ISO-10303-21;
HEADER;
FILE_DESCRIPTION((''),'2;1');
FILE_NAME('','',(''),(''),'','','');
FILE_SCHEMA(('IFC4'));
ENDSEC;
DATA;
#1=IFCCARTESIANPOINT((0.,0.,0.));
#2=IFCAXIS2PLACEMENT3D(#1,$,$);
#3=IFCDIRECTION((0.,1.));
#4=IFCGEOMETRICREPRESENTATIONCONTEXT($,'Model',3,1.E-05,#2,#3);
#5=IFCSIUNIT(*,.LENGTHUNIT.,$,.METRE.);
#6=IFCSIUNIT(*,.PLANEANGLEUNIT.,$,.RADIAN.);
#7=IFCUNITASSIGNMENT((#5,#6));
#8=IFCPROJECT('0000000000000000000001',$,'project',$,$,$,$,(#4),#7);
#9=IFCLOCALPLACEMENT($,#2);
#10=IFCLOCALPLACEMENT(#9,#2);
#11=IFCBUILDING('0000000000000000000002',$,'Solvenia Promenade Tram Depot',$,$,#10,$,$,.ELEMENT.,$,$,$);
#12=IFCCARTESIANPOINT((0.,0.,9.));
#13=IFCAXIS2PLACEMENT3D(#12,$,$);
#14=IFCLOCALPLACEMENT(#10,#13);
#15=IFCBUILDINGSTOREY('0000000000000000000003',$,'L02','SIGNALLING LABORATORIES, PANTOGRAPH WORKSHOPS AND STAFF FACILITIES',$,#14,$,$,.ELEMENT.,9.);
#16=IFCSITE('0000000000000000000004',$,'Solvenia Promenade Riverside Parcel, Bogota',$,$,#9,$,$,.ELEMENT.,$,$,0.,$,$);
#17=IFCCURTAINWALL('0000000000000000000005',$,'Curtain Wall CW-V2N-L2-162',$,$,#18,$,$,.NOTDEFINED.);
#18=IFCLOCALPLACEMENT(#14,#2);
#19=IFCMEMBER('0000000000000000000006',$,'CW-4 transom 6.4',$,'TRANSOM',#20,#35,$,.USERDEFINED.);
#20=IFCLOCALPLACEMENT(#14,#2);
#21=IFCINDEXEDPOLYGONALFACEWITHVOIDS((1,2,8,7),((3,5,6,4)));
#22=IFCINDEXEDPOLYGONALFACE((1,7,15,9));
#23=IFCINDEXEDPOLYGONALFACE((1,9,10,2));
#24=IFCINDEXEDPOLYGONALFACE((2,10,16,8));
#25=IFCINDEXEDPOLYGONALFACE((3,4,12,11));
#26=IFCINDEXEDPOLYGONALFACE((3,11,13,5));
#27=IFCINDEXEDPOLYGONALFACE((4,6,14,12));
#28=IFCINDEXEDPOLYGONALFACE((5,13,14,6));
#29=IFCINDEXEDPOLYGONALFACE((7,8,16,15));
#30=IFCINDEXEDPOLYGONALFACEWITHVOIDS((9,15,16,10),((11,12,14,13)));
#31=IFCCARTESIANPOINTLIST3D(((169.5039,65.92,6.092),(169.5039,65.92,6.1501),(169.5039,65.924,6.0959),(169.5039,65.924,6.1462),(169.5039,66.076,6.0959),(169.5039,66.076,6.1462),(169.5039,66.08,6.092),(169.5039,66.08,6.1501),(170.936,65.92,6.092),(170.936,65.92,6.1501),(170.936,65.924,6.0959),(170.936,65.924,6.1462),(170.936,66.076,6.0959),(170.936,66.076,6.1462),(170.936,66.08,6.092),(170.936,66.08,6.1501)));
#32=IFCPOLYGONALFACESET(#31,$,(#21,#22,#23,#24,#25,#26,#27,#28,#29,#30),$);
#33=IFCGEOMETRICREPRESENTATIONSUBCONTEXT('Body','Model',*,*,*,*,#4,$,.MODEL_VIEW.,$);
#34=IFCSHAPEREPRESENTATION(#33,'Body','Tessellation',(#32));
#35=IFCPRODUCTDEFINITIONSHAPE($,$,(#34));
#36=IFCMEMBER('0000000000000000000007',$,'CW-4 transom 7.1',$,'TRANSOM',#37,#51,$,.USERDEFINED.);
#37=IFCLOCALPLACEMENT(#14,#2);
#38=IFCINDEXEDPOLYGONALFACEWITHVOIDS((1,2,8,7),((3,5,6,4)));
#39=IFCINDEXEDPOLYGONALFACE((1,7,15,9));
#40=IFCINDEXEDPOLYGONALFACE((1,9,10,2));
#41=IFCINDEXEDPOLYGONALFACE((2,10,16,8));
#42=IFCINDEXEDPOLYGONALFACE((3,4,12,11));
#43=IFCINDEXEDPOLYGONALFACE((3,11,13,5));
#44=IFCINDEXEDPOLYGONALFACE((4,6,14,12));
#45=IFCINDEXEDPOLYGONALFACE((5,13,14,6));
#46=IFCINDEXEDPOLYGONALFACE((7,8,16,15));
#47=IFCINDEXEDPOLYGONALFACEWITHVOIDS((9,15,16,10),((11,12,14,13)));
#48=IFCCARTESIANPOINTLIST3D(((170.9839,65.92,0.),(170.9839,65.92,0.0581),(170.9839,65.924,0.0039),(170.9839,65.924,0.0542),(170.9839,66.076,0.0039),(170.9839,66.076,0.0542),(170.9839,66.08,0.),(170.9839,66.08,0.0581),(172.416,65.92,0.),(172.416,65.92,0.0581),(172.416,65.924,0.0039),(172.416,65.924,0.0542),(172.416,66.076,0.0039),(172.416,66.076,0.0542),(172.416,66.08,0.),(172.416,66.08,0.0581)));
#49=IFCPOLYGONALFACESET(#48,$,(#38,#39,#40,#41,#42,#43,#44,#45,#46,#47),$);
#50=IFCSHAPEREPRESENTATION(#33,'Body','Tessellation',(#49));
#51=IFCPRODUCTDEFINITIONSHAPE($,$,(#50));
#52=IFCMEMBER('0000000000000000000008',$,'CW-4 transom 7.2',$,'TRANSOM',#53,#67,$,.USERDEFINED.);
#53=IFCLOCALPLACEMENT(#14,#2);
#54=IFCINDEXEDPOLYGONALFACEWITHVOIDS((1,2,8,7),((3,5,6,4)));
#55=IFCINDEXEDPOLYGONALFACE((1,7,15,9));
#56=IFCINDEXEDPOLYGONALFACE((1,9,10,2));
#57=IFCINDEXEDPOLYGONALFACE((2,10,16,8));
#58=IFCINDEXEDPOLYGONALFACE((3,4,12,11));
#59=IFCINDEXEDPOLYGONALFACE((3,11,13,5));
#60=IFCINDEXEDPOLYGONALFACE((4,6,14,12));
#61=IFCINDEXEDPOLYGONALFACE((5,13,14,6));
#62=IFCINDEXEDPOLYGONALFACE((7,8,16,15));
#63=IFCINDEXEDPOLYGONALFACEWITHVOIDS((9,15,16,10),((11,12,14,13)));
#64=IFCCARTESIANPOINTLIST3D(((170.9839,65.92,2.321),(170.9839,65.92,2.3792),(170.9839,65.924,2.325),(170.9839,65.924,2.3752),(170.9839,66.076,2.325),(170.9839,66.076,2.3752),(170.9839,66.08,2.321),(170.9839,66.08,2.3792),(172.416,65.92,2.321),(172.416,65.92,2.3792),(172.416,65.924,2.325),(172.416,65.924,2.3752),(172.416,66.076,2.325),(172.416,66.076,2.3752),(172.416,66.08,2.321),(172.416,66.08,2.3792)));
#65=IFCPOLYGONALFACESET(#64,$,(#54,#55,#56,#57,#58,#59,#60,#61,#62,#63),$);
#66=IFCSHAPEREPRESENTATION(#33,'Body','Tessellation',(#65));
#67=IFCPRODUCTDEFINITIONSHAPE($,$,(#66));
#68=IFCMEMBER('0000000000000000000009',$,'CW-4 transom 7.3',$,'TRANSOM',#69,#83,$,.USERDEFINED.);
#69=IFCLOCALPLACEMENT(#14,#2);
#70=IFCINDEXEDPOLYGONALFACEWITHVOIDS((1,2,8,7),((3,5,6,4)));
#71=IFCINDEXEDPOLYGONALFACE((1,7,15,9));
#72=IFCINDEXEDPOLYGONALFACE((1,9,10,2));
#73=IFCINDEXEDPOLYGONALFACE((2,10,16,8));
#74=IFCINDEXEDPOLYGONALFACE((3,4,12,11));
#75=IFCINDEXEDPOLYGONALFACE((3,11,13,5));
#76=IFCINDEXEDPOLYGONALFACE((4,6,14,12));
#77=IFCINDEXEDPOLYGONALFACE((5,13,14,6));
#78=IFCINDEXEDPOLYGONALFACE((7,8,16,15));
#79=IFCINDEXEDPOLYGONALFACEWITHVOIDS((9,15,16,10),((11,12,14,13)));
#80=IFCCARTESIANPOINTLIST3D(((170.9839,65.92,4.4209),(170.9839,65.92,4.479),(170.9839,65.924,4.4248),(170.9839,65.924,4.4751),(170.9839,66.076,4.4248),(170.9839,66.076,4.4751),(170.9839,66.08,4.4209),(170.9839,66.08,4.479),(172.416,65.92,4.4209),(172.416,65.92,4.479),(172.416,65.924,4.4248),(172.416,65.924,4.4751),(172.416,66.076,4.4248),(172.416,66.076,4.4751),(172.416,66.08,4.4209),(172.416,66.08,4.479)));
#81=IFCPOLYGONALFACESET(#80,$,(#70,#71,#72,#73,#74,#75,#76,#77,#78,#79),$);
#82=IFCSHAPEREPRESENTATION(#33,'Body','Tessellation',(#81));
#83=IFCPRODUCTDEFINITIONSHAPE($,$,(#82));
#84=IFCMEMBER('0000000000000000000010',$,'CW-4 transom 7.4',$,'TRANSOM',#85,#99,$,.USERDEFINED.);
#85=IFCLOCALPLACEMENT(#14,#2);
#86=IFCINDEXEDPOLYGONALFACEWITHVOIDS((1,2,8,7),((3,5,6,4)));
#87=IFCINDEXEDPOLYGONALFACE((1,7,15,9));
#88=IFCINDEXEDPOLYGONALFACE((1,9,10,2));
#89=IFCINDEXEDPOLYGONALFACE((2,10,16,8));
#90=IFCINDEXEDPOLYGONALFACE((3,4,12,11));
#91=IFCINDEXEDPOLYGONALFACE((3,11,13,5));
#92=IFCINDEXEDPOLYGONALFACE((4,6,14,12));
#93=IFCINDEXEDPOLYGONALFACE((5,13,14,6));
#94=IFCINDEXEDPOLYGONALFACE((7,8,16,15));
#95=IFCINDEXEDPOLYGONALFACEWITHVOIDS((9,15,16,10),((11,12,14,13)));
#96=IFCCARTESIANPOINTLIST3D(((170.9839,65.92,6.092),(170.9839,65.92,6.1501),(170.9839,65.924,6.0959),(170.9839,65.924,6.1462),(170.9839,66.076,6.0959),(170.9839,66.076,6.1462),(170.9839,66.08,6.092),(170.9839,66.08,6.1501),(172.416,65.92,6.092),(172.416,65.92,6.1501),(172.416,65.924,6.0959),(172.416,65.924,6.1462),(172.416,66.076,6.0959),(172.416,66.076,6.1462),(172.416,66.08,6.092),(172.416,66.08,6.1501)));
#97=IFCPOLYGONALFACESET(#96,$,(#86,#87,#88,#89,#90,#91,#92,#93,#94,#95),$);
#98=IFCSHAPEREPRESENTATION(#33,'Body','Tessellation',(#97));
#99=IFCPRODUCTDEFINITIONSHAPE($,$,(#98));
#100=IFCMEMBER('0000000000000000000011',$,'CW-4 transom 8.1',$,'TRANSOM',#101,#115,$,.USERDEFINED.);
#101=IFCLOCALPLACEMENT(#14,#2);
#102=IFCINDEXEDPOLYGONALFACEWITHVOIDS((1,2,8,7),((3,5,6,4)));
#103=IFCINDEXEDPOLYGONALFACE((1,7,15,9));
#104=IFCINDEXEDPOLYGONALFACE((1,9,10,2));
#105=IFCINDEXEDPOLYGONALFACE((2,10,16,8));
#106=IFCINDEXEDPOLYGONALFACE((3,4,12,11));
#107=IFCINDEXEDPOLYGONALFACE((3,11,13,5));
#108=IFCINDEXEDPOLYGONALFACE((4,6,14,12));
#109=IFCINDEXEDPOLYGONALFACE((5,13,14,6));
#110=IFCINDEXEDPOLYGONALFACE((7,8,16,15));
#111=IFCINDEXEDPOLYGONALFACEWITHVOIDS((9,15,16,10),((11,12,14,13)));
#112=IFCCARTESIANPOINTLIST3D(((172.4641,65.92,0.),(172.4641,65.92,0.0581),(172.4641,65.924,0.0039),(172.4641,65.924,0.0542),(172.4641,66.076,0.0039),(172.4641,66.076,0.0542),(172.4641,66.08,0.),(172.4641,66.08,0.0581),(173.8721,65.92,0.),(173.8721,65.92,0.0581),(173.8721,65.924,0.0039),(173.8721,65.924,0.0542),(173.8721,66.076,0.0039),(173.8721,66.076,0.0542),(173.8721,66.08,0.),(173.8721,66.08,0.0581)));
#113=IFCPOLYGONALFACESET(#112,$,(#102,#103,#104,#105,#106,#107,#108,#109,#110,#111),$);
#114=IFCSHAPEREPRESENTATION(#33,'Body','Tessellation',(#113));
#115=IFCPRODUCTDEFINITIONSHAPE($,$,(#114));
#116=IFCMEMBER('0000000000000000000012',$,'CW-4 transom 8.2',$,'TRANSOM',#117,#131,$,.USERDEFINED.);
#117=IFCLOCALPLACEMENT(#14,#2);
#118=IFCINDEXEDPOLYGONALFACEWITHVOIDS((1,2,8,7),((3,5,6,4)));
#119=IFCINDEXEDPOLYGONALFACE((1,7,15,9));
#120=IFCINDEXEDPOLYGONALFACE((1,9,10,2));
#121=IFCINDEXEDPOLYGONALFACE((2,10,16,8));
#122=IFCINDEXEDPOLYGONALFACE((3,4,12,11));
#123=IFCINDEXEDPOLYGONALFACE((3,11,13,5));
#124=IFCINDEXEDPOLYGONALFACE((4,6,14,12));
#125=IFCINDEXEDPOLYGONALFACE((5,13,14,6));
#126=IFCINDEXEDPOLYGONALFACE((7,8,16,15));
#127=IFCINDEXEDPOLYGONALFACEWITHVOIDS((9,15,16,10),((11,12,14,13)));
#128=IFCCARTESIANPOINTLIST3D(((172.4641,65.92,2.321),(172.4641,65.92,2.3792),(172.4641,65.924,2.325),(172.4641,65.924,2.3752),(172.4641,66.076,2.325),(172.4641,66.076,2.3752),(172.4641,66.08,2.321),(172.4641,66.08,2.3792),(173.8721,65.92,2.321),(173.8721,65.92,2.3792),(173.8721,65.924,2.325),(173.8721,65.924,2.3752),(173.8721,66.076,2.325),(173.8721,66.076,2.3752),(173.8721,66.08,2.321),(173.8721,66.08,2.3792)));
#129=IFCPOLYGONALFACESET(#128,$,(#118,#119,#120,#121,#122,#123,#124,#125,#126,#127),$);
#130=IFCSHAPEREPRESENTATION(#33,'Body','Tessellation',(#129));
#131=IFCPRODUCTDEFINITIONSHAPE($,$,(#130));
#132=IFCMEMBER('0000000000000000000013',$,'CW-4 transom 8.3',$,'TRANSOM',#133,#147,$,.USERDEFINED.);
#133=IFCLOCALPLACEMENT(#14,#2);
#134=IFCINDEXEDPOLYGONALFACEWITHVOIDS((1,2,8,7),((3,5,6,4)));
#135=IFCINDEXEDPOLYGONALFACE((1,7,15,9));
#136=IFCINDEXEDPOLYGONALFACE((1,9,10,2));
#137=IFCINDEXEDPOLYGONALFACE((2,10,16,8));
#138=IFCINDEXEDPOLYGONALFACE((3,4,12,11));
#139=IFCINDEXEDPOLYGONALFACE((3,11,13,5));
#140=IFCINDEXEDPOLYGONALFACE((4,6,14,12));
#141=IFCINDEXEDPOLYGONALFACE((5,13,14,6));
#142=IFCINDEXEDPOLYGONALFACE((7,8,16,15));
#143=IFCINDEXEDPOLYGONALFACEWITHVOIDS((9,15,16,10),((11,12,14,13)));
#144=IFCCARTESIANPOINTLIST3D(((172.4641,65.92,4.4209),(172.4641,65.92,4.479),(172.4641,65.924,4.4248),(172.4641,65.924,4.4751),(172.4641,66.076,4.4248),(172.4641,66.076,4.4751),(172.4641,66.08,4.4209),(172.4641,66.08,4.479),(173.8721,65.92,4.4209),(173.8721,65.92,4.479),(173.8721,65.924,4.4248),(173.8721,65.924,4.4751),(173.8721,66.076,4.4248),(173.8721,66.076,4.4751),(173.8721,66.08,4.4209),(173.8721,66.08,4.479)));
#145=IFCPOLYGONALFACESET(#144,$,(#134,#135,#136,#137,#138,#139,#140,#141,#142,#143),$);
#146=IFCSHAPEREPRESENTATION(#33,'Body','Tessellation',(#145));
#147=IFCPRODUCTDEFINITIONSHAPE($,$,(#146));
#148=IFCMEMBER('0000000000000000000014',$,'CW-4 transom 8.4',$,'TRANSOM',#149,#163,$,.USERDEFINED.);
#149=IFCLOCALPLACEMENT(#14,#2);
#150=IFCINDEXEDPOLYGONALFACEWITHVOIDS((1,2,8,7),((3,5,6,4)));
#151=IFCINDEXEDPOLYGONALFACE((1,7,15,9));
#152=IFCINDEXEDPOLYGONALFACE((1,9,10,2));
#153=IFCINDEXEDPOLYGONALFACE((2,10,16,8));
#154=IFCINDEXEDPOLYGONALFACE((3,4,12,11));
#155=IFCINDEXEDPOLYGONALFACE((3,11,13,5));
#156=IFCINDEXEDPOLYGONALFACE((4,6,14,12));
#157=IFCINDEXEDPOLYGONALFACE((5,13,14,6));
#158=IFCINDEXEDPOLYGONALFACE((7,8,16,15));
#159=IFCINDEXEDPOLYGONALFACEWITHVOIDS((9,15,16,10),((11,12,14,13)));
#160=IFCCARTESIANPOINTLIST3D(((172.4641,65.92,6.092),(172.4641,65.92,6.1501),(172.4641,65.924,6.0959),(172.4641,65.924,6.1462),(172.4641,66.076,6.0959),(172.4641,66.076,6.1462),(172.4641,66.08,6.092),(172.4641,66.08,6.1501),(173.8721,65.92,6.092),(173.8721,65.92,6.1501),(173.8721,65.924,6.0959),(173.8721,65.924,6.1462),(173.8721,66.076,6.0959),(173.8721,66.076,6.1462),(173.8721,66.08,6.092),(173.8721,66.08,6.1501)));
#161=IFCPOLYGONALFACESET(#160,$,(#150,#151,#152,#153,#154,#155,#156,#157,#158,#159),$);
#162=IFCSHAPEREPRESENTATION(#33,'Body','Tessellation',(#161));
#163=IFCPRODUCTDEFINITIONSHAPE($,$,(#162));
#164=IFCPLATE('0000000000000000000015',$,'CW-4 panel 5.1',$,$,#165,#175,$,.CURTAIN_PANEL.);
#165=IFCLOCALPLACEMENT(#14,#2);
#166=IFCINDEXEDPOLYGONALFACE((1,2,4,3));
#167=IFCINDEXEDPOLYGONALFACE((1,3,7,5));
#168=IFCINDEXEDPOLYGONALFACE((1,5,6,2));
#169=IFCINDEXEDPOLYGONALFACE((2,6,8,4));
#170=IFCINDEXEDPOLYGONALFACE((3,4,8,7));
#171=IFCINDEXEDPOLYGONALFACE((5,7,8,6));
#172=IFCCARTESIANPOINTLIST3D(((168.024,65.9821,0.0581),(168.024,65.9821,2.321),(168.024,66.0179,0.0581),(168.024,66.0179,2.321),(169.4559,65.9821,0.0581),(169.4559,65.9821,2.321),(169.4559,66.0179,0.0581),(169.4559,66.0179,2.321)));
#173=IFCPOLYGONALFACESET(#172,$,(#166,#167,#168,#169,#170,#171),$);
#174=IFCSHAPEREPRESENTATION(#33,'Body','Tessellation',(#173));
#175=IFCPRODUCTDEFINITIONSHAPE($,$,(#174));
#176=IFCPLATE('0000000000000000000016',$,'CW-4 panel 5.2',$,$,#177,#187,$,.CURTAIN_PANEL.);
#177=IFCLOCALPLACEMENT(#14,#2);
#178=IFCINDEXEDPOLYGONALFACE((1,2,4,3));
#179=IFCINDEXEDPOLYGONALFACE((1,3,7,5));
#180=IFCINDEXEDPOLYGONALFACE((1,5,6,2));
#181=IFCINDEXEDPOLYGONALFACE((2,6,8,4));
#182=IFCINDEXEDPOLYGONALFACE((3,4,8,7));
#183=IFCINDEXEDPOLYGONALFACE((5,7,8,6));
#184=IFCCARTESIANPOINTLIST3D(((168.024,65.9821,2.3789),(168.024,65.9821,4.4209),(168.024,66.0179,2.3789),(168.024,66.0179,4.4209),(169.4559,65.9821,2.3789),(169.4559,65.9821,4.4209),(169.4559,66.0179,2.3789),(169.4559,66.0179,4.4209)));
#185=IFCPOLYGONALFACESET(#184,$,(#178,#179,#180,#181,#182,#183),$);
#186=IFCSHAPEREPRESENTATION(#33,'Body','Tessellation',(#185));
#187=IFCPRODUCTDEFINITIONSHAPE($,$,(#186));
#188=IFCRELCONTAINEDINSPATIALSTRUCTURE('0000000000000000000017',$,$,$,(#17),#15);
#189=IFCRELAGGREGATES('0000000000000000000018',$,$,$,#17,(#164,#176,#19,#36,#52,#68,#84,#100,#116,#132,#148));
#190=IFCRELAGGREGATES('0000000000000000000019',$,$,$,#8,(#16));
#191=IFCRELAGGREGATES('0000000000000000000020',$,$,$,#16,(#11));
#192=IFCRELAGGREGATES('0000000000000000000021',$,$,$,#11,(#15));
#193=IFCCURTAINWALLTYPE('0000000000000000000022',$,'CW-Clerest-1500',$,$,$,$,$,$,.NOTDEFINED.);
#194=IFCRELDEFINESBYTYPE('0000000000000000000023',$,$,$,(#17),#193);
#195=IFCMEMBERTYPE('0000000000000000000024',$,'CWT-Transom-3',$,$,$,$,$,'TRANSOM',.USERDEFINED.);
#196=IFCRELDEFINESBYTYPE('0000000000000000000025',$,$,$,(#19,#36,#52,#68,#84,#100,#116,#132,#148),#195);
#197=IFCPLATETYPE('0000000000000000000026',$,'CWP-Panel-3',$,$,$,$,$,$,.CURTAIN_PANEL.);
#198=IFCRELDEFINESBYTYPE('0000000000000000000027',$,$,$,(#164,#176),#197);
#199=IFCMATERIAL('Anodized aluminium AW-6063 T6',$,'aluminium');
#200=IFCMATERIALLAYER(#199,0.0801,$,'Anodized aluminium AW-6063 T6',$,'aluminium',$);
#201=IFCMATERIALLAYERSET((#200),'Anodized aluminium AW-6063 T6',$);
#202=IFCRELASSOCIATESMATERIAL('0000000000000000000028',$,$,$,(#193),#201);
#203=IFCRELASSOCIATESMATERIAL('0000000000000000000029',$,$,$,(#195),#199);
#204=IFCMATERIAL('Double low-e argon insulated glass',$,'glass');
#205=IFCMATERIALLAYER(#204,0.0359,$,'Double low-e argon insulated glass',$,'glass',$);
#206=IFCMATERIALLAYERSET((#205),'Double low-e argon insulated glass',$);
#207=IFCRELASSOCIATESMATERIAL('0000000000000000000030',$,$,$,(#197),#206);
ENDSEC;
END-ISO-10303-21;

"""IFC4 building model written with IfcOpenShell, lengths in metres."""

from ifc_helpers import new_model, si_unit, direction, frame, origin, origin_2d, place, context, subcontext, project, spatial, rectangle, hollow_rectangle, extrude, material, layer, layer_set, material_profile, profile_set, type_object, element, aggregate, save


model = new_model("IFC4")

# Units and contexts
model_context = context("Model", 3, precision=1e-05, world=origin(), true_north=direction((0.0, 1.0)))
body_context = subcontext(model_context, "Body", "Model", "MODEL_VIEW")
ifc_project = project(units=[si_unit("LENGTHUNIT", "METRE"), si_unit("PLANEANGLEUNIT", "RADIAN")], contexts=[model_context])

# Site, building, storey
site_placement = place(None, origin())
site = spatial("IfcSite", under=ifc_project, at=site_placement, Name="Solvenia Promenade Riverside Parcel, Bogota", CompositionType="ELEMENT", RefElevation=0.0)
building_placement = place(site_placement, origin())
building = spatial("IfcBuilding", under=site, at=building_placement, Name="Solvenia Promenade Tram Depot", CompositionType="ELEMENT")
storey_placement = place(building_placement, frame((0.0, 0.0, 9.0)))
storey = spatial("IfcBuildingStorey", under=building, at=storey_placement, Name="L02", Description="SIGNALLING LABORATORIES, PANTOGRAPH WORKSHOPS AND STAFF FACILITIES", CompositionType="ELEMENT", Elevation=9.0)

# Curtain wall, members, plates
ifc_material_1 = material(Name="Anodized aluminium AW-6063 T6", Category="aluminium")
ifc_layer_1 = layer(ifc_material_1, 0.0801, Name="Anodized aluminium AW-6063 T6", Category="aluminium")
ifc_layer_set_1 = layer_set([ifc_layer_1], Name="Anodized aluminium AW-6063 T6")
curtain_wall_type = type_object("IfcCurtainWallType", Name="CW-Clerest-1500", PredefinedType="NOTDEFINED", material=ifc_layer_set_1)
curtain_wall_placement = place(storey_placement, origin())
curtain_wall = element("IfcCurtainWall", 1, at=curtain_wall_placement, inside=storey, type_object=curtain_wall_type, Name="Curtain Wall CW-V2N-L2-162", PredefinedType="NOTDEFINED")
ifc_material_profile_1 = material_profile(ifc_material_1, hollow_rectangle(XDim=0.1599, YDim=0.0581, WallThickness=0.0039, at=origin_2d()), Name="ALU-T3", Category="aluminium")
ifc_profile_set_1 = profile_set([ifc_material_profile_1], Name="Anodized aluminium AW-6063 T6")
member_type_1 = type_object("IfcMemberType", Name="CWT-Transom-3", ElementType="TRANSOM", PredefinedType="USERDEFINED", material=ifc_profile_set_1)
member_1_placement = place(storey_placement, frame((169.5039, 66.0, 6.1211), z_axis=(1.0, 0.0, 0.0), x_axis=(0.0, 1.0, 0.0)))
member_1 = element("IfcMember", 2, at=member_1_placement, type_object=member_type_1, Name="CW-4 transom 6.4", ObjectType="TRANSOM", PredefinedType="USERDEFINED", context=body_context, shape_type="SweptSolid", body=[
    extrude(hollow_rectangle(XDim=0.1599, YDim=0.0581, WallThickness=0.0039, at=origin_2d()), origin(), (0.0, 0.0, 1.0), 1.4321),
])
member_2_placement = place(storey_placement, frame((170.9839, 66.0, 0.0291), z_axis=(1.0, 0.0, 0.0), x_axis=(0.0, 1.0, 0.0)))
member_2 = element("IfcMember", 3, at=member_2_placement, type_object=member_type_1, Name="CW-4 transom 7.1", ObjectType="TRANSOM", PredefinedType="USERDEFINED", context=body_context, shape_type="SweptSolid", body=[
    extrude(hollow_rectangle(XDim=0.1599, YDim=0.0581, WallThickness=0.0039, at=origin_2d()), origin(), (0.0, 0.0, 1.0), 1.4321),
])
member_3_placement = place(storey_placement, frame((170.9839, 66.0, 2.3501), z_axis=(1.0, 0.0, 0.0), x_axis=(0.0, 1.0, 0.0)))
member_3 = element("IfcMember", 4, at=member_3_placement, type_object=member_type_1, Name="CW-4 transom 7.2", ObjectType="TRANSOM", PredefinedType="USERDEFINED", context=body_context, shape_type="SweptSolid", body=[
    extrude(hollow_rectangle(XDim=0.1599, YDim=0.0581, WallThickness=0.0039, at=origin_2d()), origin(), (0.0, 0.0, 1.0), 1.4321),
])
member_4_placement = place(storey_placement, frame((170.9839, 66.0, 4.45), z_axis=(1.0, 0.0, 0.0), x_axis=(0.0, 1.0, 0.0)))
member_4 = element("IfcMember", 5, at=member_4_placement, type_object=member_type_1, Name="CW-4 transom 7.3", ObjectType="TRANSOM", PredefinedType="USERDEFINED", context=body_context, shape_type="SweptSolid", body=[
    extrude(hollow_rectangle(XDim=0.1599, YDim=0.0581, WallThickness=0.0039, at=origin_2d()), origin(), (0.0, 0.0, 1.0), 1.4321),
])
member_5_placement = place(storey_placement, frame((170.9839, 66.0, 6.1211), z_axis=(1.0, 0.0, 0.0), x_axis=(0.0, 1.0, 0.0)))
member_5 = element("IfcMember", 6, at=member_5_placement, type_object=member_type_1, Name="CW-4 transom 7.4", ObjectType="TRANSOM", PredefinedType="USERDEFINED", context=body_context, shape_type="SweptSolid", body=[
    extrude(hollow_rectangle(XDim=0.1599, YDim=0.0581, WallThickness=0.0039, at=origin_2d()), origin(), (0.0, 0.0, 1.0), 1.4321),
])
member_6_placement = place(storey_placement, frame((172.4641, 66.0, 0.0291), z_axis=(1.0, 0.0, 0.0), x_axis=(0.0, 1.0, 0.0)))
member_6 = element("IfcMember", 7, at=member_6_placement, type_object=member_type_1, Name="CW-4 transom 8.1", ObjectType="TRANSOM", PredefinedType="USERDEFINED", context=body_context, shape_type="SweptSolid", body=[
    extrude(hollow_rectangle(XDim=0.1599, YDim=0.0581, WallThickness=0.0039, at=origin_2d()), origin(), (0.0, 0.0, 1.0), 1.408),
])
member_7_placement = place(storey_placement, frame((172.4641, 66.0, 2.3501), z_axis=(1.0, 0.0, 0.0), x_axis=(0.0, 1.0, 0.0)))
member_7 = element("IfcMember", 8, at=member_7_placement, type_object=member_type_1, Name="CW-4 transom 8.2", ObjectType="TRANSOM", PredefinedType="USERDEFINED", context=body_context, shape_type="SweptSolid", body=[
    extrude(hollow_rectangle(XDim=0.1599, YDim=0.0581, WallThickness=0.0039, at=origin_2d()), origin(), (0.0, 0.0, 1.0), 1.408),
])
member_8_placement = place(storey_placement, frame((172.4641, 66.0, 4.45), z_axis=(1.0, 0.0, 0.0), x_axis=(0.0, 1.0, 0.0)))
member_8 = element("IfcMember", 9, at=member_8_placement, type_object=member_type_1, Name="CW-4 transom 8.3", ObjectType="TRANSOM", PredefinedType="USERDEFINED", context=body_context, shape_type="SweptSolid", body=[
    extrude(hollow_rectangle(XDim=0.1599, YDim=0.0581, WallThickness=0.0039, at=origin_2d()), origin(), (0.0, 0.0, 1.0), 1.408),
])
member_9_placement = place(storey_placement, frame((172.4641, 66.0, 6.1211), z_axis=(1.0, 0.0, 0.0), x_axis=(0.0, 1.0, 0.0)))
member_9 = element("IfcMember", 10, at=member_9_placement, type_object=member_type_1, Name="CW-4 transom 8.4", ObjectType="TRANSOM", PredefinedType="USERDEFINED", context=body_context, shape_type="SweptSolid", body=[
    extrude(hollow_rectangle(XDim=0.1599, YDim=0.0581, WallThickness=0.0039, at=origin_2d()), origin(), (0.0, 0.0, 1.0), 1.408),
])
ifc_material_2 = material(Name="Double low-e argon insulated glass", Category="glass")
ifc_layer_2 = layer(ifc_material_2, 0.0359, Name="Double low-e argon insulated glass", Category="glass")
ifc_layer_set_2 = layer_set([ifc_layer_2], Name="Double low-e argon insulated glass")
plate_type = type_object("IfcPlateType", Name="CWP-Panel-3", PredefinedType="CURTAIN_PANEL", material=ifc_layer_set_2)
plate_1_placement = place(storey_placement, frame((168.74, 66.0, 0.0581), z_axis=(0.0, 0.0, 1.0), x_axis=(1.0, 0.0, 0.0)))
plate_1 = element("IfcPlate", 11, at=plate_1_placement, type_object=plate_type, Name="CW-4 panel 5.1", PredefinedType="CURTAIN_PANEL", context=body_context, shape_type="SweptSolid", body=[
    extrude(rectangle(XDim=1.4319, YDim=0.0359, at=origin_2d()), origin(), (0.0, 0.0, 1.0), 2.2629),
])
plate_2_placement = place(storey_placement, frame((168.74, 66.0, 2.3789), z_axis=(0.0, 0.0, 1.0), x_axis=(1.0, 0.0, 0.0)))
plate_2 = element("IfcPlate", 12, at=plate_2_placement, type_object=plate_type, Name="CW-4 panel 5.2", PredefinedType="CURTAIN_PANEL", context=body_context, shape_type="SweptSolid", body=[
    extrude(rectangle(XDim=1.4319, YDim=0.0359, at=origin_2d()), origin(), (0.0, 0.0, 1.0), 2.042),
])
aggregate(curtain_wall, [plate_1, plate_2, member_1, member_2, member_3, member_4, member_5, member_6, member_7, member_8, member_9])

save(model, "model.ifc")
